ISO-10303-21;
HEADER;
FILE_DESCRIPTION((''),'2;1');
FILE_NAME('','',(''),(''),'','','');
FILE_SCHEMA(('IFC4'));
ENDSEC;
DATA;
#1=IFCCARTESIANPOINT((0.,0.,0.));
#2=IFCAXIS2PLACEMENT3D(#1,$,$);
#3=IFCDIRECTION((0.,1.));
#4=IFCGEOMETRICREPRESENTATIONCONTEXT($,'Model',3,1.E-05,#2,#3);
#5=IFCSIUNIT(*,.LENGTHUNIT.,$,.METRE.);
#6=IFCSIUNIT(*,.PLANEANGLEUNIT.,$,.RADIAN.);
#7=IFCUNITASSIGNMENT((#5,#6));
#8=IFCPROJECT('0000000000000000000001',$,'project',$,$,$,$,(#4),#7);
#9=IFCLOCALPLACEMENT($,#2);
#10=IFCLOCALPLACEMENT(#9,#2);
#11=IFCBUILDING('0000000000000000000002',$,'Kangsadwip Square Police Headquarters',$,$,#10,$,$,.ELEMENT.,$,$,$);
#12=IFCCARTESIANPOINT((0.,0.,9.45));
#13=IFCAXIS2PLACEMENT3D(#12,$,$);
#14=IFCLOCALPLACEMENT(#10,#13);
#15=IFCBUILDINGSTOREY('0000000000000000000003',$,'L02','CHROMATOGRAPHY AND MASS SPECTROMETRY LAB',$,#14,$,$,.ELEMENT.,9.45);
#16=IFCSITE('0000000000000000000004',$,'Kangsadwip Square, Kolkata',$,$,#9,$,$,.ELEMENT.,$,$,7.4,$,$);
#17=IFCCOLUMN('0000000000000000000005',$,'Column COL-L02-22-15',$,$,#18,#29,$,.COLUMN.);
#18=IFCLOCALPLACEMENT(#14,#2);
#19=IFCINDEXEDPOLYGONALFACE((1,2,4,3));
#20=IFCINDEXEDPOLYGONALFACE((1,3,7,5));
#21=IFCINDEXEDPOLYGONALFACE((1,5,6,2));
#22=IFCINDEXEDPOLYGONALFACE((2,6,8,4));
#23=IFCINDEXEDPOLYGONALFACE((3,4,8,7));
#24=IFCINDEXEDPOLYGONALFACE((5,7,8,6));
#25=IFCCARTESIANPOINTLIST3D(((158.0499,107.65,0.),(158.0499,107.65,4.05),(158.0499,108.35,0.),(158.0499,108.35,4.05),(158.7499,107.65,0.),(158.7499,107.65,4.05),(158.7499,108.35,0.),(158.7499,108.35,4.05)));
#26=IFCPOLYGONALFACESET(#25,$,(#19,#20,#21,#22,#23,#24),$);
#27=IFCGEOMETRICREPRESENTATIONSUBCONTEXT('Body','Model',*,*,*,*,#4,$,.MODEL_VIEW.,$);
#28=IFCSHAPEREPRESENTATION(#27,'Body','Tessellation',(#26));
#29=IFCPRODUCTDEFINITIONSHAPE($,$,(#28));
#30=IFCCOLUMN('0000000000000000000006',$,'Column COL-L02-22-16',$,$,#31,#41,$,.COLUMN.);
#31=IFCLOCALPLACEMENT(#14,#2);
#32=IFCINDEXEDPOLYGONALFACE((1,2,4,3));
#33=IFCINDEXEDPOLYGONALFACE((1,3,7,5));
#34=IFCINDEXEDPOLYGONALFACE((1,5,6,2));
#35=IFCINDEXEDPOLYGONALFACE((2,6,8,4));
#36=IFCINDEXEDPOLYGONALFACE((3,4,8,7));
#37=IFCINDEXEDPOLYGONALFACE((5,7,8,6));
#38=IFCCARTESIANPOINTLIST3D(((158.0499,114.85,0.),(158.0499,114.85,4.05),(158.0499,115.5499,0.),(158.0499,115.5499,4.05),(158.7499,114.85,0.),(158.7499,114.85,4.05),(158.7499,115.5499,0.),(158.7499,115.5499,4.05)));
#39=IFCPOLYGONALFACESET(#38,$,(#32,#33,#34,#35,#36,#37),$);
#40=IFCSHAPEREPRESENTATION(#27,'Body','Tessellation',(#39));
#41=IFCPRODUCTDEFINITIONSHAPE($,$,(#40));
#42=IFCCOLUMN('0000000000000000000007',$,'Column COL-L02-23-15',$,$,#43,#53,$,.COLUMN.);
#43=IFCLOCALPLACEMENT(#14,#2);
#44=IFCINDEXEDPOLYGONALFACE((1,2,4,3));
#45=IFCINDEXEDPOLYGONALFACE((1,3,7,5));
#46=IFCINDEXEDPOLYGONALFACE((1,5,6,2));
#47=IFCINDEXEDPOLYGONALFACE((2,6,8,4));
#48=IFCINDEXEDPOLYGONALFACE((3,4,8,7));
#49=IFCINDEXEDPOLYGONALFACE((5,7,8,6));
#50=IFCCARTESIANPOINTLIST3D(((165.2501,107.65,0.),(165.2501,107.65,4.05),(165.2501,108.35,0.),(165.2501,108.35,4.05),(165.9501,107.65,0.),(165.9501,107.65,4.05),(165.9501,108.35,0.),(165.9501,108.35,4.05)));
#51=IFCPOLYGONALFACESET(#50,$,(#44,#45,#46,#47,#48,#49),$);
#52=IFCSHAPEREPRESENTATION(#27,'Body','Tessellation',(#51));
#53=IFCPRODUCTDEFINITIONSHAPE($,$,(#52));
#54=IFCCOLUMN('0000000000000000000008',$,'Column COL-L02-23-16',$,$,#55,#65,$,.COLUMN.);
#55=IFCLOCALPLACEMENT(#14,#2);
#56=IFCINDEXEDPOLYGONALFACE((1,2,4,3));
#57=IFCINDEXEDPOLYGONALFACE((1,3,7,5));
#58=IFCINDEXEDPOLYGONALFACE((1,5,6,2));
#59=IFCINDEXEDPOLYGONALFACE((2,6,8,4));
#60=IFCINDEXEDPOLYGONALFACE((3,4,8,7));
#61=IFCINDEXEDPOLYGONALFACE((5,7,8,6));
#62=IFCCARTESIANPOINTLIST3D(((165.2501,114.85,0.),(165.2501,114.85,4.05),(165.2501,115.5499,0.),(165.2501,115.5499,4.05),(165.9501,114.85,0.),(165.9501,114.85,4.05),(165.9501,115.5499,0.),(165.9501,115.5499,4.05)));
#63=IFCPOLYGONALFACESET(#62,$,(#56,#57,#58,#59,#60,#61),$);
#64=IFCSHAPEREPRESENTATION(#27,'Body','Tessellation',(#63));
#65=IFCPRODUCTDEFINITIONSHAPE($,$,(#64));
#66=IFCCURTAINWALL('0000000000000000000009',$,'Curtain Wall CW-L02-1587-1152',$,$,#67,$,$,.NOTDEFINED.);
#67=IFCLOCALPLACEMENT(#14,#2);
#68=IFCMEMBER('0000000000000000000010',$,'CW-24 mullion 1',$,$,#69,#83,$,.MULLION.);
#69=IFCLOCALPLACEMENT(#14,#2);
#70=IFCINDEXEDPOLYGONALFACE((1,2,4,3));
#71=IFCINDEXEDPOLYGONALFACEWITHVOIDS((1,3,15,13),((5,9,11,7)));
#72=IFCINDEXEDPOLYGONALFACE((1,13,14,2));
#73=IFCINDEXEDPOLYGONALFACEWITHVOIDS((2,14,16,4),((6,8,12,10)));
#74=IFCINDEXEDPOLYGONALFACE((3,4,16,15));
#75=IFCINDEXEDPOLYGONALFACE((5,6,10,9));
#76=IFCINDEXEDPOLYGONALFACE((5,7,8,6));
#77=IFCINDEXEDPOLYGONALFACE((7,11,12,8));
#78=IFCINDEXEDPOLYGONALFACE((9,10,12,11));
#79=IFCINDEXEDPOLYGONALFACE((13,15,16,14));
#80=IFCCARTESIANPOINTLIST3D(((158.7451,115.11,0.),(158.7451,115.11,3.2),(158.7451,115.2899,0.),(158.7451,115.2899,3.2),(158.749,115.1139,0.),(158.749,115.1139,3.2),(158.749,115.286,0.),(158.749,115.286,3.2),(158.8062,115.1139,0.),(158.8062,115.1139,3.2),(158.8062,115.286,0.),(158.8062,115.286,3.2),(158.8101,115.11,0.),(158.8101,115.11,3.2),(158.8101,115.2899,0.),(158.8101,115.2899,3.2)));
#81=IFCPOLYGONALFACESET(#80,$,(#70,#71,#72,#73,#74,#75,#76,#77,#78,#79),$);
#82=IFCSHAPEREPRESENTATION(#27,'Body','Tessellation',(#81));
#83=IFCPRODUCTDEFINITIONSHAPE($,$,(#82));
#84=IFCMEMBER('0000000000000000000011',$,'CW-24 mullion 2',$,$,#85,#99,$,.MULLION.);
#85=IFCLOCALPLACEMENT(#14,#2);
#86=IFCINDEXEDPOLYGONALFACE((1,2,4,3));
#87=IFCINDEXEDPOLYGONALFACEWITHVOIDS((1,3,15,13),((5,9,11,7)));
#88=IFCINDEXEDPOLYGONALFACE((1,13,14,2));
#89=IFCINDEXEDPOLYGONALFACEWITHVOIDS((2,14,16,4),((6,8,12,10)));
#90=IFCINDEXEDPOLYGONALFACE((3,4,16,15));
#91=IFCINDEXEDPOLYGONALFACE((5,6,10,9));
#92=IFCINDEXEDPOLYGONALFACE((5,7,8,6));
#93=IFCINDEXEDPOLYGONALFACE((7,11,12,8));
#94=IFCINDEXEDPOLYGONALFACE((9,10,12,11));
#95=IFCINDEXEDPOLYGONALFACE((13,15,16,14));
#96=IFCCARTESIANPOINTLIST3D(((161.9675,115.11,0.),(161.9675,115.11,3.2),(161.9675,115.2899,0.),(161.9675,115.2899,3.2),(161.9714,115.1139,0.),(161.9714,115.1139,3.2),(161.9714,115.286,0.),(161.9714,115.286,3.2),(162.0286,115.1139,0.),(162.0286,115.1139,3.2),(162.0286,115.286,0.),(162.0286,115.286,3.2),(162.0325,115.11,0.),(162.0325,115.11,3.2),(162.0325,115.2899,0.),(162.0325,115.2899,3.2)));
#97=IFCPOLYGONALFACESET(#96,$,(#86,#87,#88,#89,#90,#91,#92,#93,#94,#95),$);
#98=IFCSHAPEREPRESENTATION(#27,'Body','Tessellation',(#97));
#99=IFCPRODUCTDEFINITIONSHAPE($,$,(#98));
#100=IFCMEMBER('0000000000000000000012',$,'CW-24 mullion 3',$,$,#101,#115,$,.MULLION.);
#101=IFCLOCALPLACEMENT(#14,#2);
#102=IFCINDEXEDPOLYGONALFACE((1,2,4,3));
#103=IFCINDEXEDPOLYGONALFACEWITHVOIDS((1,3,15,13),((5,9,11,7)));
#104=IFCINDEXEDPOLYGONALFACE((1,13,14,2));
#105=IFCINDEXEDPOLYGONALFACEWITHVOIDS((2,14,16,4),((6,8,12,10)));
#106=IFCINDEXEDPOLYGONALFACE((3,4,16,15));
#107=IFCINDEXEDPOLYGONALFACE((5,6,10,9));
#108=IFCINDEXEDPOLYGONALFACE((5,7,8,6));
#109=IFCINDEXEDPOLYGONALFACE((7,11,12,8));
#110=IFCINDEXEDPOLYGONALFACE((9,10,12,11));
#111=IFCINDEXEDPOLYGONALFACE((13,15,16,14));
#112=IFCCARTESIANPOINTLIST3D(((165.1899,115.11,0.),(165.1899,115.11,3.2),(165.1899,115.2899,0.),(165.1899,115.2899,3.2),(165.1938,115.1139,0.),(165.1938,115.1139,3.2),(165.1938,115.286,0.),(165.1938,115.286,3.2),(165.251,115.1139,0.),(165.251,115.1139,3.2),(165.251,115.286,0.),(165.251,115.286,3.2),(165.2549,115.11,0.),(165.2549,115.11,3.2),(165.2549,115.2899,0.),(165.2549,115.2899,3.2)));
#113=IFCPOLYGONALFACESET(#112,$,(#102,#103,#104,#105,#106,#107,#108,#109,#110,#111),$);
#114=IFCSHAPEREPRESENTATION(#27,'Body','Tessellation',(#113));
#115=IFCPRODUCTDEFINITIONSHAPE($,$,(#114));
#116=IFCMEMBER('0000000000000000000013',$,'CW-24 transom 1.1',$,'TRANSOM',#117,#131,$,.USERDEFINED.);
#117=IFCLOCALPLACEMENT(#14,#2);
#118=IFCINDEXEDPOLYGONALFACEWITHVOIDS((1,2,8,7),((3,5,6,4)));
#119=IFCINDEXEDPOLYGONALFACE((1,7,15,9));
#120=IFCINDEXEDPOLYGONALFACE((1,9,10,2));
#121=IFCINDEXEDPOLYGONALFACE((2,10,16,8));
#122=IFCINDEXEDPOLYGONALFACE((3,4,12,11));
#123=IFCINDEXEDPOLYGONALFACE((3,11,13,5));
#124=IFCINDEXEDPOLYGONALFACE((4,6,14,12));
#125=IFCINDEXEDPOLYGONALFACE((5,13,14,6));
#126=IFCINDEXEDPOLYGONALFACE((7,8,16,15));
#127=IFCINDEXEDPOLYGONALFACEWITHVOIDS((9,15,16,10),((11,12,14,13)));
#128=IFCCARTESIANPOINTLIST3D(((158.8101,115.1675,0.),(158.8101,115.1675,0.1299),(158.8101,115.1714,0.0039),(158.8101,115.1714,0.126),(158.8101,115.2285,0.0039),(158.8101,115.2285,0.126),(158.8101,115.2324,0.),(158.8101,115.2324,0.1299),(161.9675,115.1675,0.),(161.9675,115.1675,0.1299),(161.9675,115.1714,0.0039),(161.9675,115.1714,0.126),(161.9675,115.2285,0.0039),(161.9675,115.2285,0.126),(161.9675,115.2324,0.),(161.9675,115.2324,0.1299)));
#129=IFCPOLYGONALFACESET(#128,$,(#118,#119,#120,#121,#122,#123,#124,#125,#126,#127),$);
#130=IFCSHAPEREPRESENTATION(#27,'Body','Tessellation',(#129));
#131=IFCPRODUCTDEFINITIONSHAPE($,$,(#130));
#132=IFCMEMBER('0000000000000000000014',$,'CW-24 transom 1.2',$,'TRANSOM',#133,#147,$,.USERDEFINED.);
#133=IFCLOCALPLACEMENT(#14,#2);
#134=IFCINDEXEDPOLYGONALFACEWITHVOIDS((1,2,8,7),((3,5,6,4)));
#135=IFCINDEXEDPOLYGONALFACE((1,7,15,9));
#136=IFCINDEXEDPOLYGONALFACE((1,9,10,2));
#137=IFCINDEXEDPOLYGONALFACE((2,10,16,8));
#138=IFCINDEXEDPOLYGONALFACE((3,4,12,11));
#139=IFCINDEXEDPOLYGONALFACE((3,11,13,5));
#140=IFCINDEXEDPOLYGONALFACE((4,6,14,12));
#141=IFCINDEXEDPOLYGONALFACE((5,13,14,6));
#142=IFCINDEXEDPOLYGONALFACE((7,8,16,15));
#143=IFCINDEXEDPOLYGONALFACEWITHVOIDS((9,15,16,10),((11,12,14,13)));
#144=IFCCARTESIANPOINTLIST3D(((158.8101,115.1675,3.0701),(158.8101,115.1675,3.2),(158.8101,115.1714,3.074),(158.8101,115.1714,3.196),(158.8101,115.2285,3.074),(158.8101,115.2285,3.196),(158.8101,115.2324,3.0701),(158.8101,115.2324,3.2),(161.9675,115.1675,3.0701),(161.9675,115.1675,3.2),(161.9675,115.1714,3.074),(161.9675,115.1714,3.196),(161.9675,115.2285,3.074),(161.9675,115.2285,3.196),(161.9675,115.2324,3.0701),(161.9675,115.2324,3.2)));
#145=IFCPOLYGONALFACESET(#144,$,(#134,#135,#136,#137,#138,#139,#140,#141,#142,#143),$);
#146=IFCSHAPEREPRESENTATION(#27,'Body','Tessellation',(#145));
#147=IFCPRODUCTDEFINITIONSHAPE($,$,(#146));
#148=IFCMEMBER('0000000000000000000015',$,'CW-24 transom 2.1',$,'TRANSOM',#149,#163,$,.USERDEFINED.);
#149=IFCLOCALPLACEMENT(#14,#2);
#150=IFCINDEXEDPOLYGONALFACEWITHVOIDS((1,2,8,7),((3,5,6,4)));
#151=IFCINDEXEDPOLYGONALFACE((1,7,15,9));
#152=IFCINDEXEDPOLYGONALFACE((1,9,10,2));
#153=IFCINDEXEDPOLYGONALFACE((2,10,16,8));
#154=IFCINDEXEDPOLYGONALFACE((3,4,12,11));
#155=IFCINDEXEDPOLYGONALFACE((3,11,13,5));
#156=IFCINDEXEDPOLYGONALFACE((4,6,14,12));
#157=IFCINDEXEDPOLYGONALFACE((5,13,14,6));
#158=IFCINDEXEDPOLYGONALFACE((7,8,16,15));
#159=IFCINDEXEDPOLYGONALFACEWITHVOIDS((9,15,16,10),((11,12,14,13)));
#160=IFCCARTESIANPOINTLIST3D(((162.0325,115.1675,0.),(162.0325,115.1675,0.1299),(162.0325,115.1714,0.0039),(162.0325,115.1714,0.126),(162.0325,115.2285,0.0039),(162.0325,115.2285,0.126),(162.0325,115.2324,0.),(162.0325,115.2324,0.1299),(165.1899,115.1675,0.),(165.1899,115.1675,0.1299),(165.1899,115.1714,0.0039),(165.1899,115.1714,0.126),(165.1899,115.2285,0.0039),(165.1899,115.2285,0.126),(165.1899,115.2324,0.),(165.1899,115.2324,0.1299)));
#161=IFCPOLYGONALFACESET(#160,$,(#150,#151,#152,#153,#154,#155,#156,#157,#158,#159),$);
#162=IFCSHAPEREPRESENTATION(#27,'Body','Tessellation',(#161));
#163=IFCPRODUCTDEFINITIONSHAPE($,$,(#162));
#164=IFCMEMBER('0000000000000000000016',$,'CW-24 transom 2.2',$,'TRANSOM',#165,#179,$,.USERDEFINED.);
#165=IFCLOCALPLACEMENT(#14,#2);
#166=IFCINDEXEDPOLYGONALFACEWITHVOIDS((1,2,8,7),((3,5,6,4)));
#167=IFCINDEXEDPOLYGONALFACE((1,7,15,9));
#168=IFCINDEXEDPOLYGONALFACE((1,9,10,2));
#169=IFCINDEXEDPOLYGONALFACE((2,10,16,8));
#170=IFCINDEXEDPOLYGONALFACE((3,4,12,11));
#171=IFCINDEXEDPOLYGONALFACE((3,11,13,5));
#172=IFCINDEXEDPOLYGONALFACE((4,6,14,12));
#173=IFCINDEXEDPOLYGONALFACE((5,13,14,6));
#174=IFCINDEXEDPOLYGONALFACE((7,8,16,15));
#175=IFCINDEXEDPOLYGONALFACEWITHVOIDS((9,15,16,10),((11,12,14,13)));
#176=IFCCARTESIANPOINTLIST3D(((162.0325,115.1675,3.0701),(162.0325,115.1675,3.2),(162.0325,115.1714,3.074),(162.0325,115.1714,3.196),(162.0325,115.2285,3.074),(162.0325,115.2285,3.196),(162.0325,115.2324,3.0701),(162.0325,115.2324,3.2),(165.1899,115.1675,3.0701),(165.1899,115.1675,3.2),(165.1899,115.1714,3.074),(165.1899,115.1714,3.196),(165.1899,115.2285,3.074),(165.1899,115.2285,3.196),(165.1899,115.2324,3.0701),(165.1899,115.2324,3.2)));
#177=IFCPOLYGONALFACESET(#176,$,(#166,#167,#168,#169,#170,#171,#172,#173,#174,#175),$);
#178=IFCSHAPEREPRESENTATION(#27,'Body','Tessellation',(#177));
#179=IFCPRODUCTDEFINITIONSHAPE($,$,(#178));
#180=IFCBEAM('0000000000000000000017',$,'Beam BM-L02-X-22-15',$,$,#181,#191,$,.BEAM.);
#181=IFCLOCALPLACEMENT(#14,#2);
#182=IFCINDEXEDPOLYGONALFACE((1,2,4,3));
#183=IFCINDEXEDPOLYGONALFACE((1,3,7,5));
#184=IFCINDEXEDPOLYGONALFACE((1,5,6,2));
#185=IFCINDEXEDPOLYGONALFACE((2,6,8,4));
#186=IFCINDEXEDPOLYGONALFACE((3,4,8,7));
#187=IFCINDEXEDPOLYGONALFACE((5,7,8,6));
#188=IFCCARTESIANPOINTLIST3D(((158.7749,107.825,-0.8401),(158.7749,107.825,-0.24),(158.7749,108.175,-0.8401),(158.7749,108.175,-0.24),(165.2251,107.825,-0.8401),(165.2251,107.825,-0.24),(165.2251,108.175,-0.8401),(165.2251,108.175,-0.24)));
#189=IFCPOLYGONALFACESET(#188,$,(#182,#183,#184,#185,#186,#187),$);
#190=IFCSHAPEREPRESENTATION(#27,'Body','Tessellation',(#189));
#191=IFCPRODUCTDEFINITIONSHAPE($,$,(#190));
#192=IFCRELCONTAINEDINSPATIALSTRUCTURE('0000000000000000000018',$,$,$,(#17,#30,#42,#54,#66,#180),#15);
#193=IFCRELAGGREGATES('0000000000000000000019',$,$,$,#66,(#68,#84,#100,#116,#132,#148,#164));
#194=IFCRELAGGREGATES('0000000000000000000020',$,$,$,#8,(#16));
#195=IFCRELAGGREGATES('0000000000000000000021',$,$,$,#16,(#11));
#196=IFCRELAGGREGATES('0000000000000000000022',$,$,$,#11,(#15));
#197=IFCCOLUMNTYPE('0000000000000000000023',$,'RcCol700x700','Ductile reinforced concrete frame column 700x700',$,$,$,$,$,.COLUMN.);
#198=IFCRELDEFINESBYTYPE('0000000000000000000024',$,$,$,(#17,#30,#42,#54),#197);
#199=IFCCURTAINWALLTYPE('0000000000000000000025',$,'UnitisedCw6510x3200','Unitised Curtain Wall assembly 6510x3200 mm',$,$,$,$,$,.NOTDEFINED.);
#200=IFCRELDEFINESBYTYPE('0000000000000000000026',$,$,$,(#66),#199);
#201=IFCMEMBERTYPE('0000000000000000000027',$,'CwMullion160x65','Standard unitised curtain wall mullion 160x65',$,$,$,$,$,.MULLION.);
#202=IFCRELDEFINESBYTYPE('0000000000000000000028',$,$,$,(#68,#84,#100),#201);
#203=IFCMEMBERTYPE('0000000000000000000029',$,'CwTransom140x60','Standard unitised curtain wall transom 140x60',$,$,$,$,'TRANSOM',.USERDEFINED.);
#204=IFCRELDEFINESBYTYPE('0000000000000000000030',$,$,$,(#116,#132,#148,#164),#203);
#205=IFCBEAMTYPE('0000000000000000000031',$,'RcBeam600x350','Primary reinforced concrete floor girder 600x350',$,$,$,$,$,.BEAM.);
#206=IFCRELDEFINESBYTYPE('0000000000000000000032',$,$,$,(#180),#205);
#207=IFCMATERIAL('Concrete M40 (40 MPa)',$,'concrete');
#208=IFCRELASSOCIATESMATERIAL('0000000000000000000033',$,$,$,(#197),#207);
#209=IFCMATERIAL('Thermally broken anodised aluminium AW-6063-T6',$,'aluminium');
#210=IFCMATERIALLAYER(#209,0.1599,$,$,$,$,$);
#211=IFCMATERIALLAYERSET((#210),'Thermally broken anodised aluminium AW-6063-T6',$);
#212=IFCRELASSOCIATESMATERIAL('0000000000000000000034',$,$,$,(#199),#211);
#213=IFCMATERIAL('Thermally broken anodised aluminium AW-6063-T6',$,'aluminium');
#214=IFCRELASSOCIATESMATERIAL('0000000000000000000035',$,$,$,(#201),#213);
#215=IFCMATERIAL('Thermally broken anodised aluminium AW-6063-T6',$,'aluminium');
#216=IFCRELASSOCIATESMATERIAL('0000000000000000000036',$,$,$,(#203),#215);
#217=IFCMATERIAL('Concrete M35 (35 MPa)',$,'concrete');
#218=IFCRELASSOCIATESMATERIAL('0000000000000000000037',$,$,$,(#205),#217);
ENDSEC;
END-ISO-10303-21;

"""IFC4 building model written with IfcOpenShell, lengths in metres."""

from ifc_helpers import new_model, si_unit, direction, frame, origin, origin_2d, place, context, subcontext, project, spatial, rectangle, hollow_rectangle, extrude, material, layer, layer_set, material_profile, profile_set, type_object, element, aggregate, save


model = new_model("IFC4")

# Units and contexts
model_context = context("Model", 3, precision=1e-05, world=origin(), true_north=direction((0.0, 1.0)))
body_context = subcontext(model_context, "Body", "Model", "MODEL_VIEW")
ifc_project = project(units=[si_unit("LENGTHUNIT", "METRE"), si_unit("PLANEANGLEUNIT", "RADIAN")], contexts=[model_context])

# Site, building, storey
site_placement = place(None, origin())
site = spatial("IfcSite", under=ifc_project, at=site_placement, Name="Kangsadwip Square, Kolkata", CompositionType="ELEMENT", RefElevation=7.4)
building_placement = place(site_placement, origin())
building = spatial("IfcBuilding", under=site, at=building_placement, Name="Kangsadwip Square Police Headquarters", CompositionType="ELEMENT")
storey_placement = place(building_placement, frame((0.0, 0.0, 9.45)))
storey = spatial("IfcBuildingStorey", under=building, at=storey_placement, Name="L02", Description="CHROMATOGRAPHY AND MASS SPECTROMETRY LAB", CompositionType="ELEMENT", Elevation=9.45)

# Columns
ifc_material_1 = material(Name="Concrete M40 (40 MPa)", Category="concrete")
ifc_material_profile_1 = material_profile(ifc_material_1, rectangle(XDim=0.7, YDim=0.7, at=origin_2d()), Name="RC COL 700X700")
ifc_profile_set_1 = profile_set([ifc_material_profile_1], Name="Concrete M40 (40 MPa)")
column_type = type_object("IfcColumnType", Name="RcCol700x700", Description="Ductile reinforced concrete frame column 700x700", PredefinedType="COLUMN", material=ifc_profile_set_1)
for number, where, z_axis, x_axis, name in (
    (1, (158.3999, 108.0, 0.0), (0.0, 0.0, 1.0), (1.0, 0.0, 0.0), "Column COL-L02-22-15"),
    (2, (158.3999, 115.2, 0.0), (0.0, 0.0, 1.0), (1.0, 0.0, 0.0), "Column COL-L02-22-16"),
    (3, (165.6001, 108.0, 0.0), (0.0, 0.0, 1.0), (1.0, 0.0, 0.0), "Column COL-L02-23-15"),
    (4, (165.6001, 115.2, 0.0), (0.0, 0.0, 1.0), (1.0, 0.0, 0.0), "Column COL-L02-23-16"),
):
    element("IfcColumn", number, at=place(storey_placement, frame(where, z_axis=z_axis, x_axis=x_axis)), inside=storey, type_object=column_type, Name=name, PredefinedType="COLUMN", context=body_context, shape_type="SweptSolid", body=[
        extrude(rectangle(XDim=0.7, YDim=0.7, at=origin_2d()), origin(), (0.0, 0.0, 1.0), 4.05),
    ])

# Curtain wall, members
ifc_material_2 = material(Name="Thermally broken anodised aluminium AW-6063-T6", Category="aluminium")
ifc_layer_1 = layer(ifc_material_2, 0.1599)
ifc_layer_set_1 = layer_set([ifc_layer_1], Name="Thermally broken anodised aluminium AW-6063-T6")
curtain_wall_type = type_object("IfcCurtainWallType", Name="UnitisedCw6510x3200", Description="Unitised Curtain Wall assembly 6510x3200 mm", PredefinedType="NOTDEFINED", material=ifc_layer_set_1)
curtain_wall_placement = place(storey_placement, origin())
curtain_wall = element("IfcCurtainWall", 5, at=curtain_wall_placement, inside=storey, type_object=curtain_wall_type, Name="Curtain Wall CW-L02-1587-1152", PredefinedType="NOTDEFINED")
ifc_material_3 = material(Name="Thermally broken anodised aluminium AW-6063-T6", Category="aluminium")
ifc_material_profile_2 = material_profile(ifc_material_3, hollow_rectangle(XDim=0.0649, YDim=0.1799, WallThickness=0.0039, at=origin_2d()), Name="CWM 180X65X4")
ifc_profile_set_2 = profile_set([ifc_material_profile_2], Name="Thermally broken anodised aluminium AW-6063-T6")
member_type_1 = type_object("IfcMemberType", Name="CwMullion160x65", Description="Standard unitised curtain wall mullion 160x65", PredefinedType="MULLION", material=ifc_profile_set_2)
member_1_placement = place(storey_placement, frame((158.7776, 115.2, 0.0), z_axis=(0.0, 0.0, 1.0), x_axis=(1.0, 0.0, 0.0)))
member_1 = element("IfcMember", 6, at=member_1_placement, type_object=member_type_1, Name="CW-24 mullion 1", PredefinedType="MULLION", context=body_context, shape_type="SweptSolid", body=[
    extrude(hollow_rectangle(XDim=0.0649, YDim=0.1799, WallThickness=0.0039, at=origin_2d()), origin(), (0.0, 0.0, 1.0), 3.2),
])
member_2_placement = place(storey_placement, frame((162.0, 115.2, 0.0), z_axis=(0.0, 0.0, 1.0), x_axis=(1.0, 0.0, 0.0)))
member_2 = element("IfcMember", 7, at=member_2_placement, type_object=member_type_1, Name="CW-24 mullion 2", PredefinedType="MULLION", context=body_context, shape_type="SweptSolid", body=[
    extrude(hollow_rectangle(XDim=0.0649, YDim=0.1799, WallThickness=0.0039, at=origin_2d()), origin(), (0.0, 0.0, 1.0), 3.2),
])
member_3_placement = place(storey_placement, frame((165.2224, 115.2, 0.0), z_axis=(0.0, 0.0, 1.0), x_axis=(1.0, 0.0, 0.0)))
member_3 = element("IfcMember", 8, at=member_3_placement, type_object=member_type_1, Name="CW-24 mullion 3", PredefinedType="MULLION", context=body_context, shape_type="SweptSolid", body=[
    extrude(hollow_rectangle(XDim=0.0649, YDim=0.1799, WallThickness=0.0039, at=origin_2d()), origin(), (0.0, 0.0, 1.0), 3.2),
])
ifc_material_4 = material(Name="Thermally broken anodised aluminium AW-6063-T6", Category="aluminium")
ifc_material_profile_3 = material_profile(ifc_material_4, hollow_rectangle(XDim=0.0649, YDim=0.1299, WallThickness=0.0039, at=origin_2d()), Name="CWT 130X65X4")
ifc_profile_set_3 = profile_set([ifc_material_profile_3], Name="Thermally broken anodised aluminium AW-6063-T6")
member_type_2 = type_object("IfcMemberType", Name="CwTransom140x60", Description="Standard unitised curtain wall transom 140x60", ElementType="TRANSOM", PredefinedType="USERDEFINED", material=ifc_profile_set_3)
member_4_placement = place(storey_placement, frame((158.8101, 115.2, 0.0649), z_axis=(1.0, 0.0, 0.0), x_axis=(0.0, 1.0, 0.0)))
member_4 = element("IfcMember", 9, at=member_4_placement, type_object=member_type_2, Name="CW-24 transom 1.1", ObjectType="TRANSOM", PredefinedType="USERDEFINED", context=body_context, shape_type="SweptSolid", body=[
    extrude(hollow_rectangle(XDim=0.0649, YDim=0.1299, WallThickness=0.0039, at=origin_2d()), origin(), (0.0, 0.0, 1.0), 3.1575),
])
member_5_placement = place(storey_placement, frame((158.8101, 115.2, 3.135), z_axis=(1.0, 0.0, 0.0), x_axis=(0.0, 1.0, 0.0)))
member_5 = element("IfcMember", 10, at=member_5_placement, type_object=member_type_2, Name="CW-24 transom 1.2", ObjectType="TRANSOM", PredefinedType="USERDEFINED", context=body_context, shape_type="SweptSolid", body=[
    extrude(hollow_rectangle(XDim=0.0649, YDim=0.1299, WallThickness=0.0039, at=origin_2d()), origin(), (0.0, 0.0, 1.0), 3.1575),
])
member_6_placement = place(storey_placement, frame((162.0325, 115.2, 0.0649), z_axis=(1.0, 0.0, 0.0), x_axis=(0.0, 1.0, 0.0)))
member_6 = element("IfcMember", 11, at=member_6_placement, type_object=member_type_2, Name="CW-24 transom 2.1", ObjectType="TRANSOM", PredefinedType="USERDEFINED", context=body_context, shape_type="SweptSolid", body=[
    extrude(hollow_rectangle(XDim=0.0649, YDim=0.1299, WallThickness=0.0039, at=origin_2d()), origin(), (0.0, 0.0, 1.0), 3.1575),
])
member_7_placement = place(storey_placement, frame((162.0325, 115.2, 3.135), z_axis=(1.0, 0.0, 0.0), x_axis=(0.0, 1.0, 0.0)))
member_7 = element("IfcMember", 12, at=member_7_placement, type_object=member_type_2, Name="CW-24 transom 2.2", ObjectType="TRANSOM", PredefinedType="USERDEFINED", context=body_context, shape_type="SweptSolid", body=[
    extrude(hollow_rectangle(XDim=0.0649, YDim=0.1299, WallThickness=0.0039, at=origin_2d()), origin(), (0.0, 0.0, 1.0), 3.1575),
])

# Beam
ifc_material_5 = material(Name="Concrete M35 (35 MPa)", Category="concrete")
ifc_material_profile_4 = material_profile(ifc_material_5, rectangle(XDim=0.3501, YDim=0.6001, at=origin_2d()), Name="RC BM 600X350")
ifc_profile_set_4 = profile_set([ifc_material_profile_4], Name="Concrete M35 (35 MPa)")
beam_type_1 = type_object("IfcBeamType", Name="RcBeam600x350", Description="Primary reinforced concrete floor girder 600x350", PredefinedType="BEAM", material=ifc_profile_set_4)
beam_1_placement = place(storey_placement, frame((158.7749, 108.0, -0.54), z_axis=(1.0, 0.0, 0.0), x_axis=(0.0, 1.0, 0.0)))
element("IfcBeam", 13, at=beam_1_placement, inside=storey, type_object=beam_type_1, Name="Beam BM-L02-X-22-15", PredefinedType="BEAM", context=body_context, shape_type="SweptSolid", body=[
    extrude(rectangle(XDim=0.3501, YDim=0.6001, at=origin_2d()), origin(), (0.0, 0.0, 1.0), 6.4502),
])

aggregate(curtain_wall, [member_1, member_2, member_3, member_4, member_5, member_6, member_7])

save(model, "model.ifc")
